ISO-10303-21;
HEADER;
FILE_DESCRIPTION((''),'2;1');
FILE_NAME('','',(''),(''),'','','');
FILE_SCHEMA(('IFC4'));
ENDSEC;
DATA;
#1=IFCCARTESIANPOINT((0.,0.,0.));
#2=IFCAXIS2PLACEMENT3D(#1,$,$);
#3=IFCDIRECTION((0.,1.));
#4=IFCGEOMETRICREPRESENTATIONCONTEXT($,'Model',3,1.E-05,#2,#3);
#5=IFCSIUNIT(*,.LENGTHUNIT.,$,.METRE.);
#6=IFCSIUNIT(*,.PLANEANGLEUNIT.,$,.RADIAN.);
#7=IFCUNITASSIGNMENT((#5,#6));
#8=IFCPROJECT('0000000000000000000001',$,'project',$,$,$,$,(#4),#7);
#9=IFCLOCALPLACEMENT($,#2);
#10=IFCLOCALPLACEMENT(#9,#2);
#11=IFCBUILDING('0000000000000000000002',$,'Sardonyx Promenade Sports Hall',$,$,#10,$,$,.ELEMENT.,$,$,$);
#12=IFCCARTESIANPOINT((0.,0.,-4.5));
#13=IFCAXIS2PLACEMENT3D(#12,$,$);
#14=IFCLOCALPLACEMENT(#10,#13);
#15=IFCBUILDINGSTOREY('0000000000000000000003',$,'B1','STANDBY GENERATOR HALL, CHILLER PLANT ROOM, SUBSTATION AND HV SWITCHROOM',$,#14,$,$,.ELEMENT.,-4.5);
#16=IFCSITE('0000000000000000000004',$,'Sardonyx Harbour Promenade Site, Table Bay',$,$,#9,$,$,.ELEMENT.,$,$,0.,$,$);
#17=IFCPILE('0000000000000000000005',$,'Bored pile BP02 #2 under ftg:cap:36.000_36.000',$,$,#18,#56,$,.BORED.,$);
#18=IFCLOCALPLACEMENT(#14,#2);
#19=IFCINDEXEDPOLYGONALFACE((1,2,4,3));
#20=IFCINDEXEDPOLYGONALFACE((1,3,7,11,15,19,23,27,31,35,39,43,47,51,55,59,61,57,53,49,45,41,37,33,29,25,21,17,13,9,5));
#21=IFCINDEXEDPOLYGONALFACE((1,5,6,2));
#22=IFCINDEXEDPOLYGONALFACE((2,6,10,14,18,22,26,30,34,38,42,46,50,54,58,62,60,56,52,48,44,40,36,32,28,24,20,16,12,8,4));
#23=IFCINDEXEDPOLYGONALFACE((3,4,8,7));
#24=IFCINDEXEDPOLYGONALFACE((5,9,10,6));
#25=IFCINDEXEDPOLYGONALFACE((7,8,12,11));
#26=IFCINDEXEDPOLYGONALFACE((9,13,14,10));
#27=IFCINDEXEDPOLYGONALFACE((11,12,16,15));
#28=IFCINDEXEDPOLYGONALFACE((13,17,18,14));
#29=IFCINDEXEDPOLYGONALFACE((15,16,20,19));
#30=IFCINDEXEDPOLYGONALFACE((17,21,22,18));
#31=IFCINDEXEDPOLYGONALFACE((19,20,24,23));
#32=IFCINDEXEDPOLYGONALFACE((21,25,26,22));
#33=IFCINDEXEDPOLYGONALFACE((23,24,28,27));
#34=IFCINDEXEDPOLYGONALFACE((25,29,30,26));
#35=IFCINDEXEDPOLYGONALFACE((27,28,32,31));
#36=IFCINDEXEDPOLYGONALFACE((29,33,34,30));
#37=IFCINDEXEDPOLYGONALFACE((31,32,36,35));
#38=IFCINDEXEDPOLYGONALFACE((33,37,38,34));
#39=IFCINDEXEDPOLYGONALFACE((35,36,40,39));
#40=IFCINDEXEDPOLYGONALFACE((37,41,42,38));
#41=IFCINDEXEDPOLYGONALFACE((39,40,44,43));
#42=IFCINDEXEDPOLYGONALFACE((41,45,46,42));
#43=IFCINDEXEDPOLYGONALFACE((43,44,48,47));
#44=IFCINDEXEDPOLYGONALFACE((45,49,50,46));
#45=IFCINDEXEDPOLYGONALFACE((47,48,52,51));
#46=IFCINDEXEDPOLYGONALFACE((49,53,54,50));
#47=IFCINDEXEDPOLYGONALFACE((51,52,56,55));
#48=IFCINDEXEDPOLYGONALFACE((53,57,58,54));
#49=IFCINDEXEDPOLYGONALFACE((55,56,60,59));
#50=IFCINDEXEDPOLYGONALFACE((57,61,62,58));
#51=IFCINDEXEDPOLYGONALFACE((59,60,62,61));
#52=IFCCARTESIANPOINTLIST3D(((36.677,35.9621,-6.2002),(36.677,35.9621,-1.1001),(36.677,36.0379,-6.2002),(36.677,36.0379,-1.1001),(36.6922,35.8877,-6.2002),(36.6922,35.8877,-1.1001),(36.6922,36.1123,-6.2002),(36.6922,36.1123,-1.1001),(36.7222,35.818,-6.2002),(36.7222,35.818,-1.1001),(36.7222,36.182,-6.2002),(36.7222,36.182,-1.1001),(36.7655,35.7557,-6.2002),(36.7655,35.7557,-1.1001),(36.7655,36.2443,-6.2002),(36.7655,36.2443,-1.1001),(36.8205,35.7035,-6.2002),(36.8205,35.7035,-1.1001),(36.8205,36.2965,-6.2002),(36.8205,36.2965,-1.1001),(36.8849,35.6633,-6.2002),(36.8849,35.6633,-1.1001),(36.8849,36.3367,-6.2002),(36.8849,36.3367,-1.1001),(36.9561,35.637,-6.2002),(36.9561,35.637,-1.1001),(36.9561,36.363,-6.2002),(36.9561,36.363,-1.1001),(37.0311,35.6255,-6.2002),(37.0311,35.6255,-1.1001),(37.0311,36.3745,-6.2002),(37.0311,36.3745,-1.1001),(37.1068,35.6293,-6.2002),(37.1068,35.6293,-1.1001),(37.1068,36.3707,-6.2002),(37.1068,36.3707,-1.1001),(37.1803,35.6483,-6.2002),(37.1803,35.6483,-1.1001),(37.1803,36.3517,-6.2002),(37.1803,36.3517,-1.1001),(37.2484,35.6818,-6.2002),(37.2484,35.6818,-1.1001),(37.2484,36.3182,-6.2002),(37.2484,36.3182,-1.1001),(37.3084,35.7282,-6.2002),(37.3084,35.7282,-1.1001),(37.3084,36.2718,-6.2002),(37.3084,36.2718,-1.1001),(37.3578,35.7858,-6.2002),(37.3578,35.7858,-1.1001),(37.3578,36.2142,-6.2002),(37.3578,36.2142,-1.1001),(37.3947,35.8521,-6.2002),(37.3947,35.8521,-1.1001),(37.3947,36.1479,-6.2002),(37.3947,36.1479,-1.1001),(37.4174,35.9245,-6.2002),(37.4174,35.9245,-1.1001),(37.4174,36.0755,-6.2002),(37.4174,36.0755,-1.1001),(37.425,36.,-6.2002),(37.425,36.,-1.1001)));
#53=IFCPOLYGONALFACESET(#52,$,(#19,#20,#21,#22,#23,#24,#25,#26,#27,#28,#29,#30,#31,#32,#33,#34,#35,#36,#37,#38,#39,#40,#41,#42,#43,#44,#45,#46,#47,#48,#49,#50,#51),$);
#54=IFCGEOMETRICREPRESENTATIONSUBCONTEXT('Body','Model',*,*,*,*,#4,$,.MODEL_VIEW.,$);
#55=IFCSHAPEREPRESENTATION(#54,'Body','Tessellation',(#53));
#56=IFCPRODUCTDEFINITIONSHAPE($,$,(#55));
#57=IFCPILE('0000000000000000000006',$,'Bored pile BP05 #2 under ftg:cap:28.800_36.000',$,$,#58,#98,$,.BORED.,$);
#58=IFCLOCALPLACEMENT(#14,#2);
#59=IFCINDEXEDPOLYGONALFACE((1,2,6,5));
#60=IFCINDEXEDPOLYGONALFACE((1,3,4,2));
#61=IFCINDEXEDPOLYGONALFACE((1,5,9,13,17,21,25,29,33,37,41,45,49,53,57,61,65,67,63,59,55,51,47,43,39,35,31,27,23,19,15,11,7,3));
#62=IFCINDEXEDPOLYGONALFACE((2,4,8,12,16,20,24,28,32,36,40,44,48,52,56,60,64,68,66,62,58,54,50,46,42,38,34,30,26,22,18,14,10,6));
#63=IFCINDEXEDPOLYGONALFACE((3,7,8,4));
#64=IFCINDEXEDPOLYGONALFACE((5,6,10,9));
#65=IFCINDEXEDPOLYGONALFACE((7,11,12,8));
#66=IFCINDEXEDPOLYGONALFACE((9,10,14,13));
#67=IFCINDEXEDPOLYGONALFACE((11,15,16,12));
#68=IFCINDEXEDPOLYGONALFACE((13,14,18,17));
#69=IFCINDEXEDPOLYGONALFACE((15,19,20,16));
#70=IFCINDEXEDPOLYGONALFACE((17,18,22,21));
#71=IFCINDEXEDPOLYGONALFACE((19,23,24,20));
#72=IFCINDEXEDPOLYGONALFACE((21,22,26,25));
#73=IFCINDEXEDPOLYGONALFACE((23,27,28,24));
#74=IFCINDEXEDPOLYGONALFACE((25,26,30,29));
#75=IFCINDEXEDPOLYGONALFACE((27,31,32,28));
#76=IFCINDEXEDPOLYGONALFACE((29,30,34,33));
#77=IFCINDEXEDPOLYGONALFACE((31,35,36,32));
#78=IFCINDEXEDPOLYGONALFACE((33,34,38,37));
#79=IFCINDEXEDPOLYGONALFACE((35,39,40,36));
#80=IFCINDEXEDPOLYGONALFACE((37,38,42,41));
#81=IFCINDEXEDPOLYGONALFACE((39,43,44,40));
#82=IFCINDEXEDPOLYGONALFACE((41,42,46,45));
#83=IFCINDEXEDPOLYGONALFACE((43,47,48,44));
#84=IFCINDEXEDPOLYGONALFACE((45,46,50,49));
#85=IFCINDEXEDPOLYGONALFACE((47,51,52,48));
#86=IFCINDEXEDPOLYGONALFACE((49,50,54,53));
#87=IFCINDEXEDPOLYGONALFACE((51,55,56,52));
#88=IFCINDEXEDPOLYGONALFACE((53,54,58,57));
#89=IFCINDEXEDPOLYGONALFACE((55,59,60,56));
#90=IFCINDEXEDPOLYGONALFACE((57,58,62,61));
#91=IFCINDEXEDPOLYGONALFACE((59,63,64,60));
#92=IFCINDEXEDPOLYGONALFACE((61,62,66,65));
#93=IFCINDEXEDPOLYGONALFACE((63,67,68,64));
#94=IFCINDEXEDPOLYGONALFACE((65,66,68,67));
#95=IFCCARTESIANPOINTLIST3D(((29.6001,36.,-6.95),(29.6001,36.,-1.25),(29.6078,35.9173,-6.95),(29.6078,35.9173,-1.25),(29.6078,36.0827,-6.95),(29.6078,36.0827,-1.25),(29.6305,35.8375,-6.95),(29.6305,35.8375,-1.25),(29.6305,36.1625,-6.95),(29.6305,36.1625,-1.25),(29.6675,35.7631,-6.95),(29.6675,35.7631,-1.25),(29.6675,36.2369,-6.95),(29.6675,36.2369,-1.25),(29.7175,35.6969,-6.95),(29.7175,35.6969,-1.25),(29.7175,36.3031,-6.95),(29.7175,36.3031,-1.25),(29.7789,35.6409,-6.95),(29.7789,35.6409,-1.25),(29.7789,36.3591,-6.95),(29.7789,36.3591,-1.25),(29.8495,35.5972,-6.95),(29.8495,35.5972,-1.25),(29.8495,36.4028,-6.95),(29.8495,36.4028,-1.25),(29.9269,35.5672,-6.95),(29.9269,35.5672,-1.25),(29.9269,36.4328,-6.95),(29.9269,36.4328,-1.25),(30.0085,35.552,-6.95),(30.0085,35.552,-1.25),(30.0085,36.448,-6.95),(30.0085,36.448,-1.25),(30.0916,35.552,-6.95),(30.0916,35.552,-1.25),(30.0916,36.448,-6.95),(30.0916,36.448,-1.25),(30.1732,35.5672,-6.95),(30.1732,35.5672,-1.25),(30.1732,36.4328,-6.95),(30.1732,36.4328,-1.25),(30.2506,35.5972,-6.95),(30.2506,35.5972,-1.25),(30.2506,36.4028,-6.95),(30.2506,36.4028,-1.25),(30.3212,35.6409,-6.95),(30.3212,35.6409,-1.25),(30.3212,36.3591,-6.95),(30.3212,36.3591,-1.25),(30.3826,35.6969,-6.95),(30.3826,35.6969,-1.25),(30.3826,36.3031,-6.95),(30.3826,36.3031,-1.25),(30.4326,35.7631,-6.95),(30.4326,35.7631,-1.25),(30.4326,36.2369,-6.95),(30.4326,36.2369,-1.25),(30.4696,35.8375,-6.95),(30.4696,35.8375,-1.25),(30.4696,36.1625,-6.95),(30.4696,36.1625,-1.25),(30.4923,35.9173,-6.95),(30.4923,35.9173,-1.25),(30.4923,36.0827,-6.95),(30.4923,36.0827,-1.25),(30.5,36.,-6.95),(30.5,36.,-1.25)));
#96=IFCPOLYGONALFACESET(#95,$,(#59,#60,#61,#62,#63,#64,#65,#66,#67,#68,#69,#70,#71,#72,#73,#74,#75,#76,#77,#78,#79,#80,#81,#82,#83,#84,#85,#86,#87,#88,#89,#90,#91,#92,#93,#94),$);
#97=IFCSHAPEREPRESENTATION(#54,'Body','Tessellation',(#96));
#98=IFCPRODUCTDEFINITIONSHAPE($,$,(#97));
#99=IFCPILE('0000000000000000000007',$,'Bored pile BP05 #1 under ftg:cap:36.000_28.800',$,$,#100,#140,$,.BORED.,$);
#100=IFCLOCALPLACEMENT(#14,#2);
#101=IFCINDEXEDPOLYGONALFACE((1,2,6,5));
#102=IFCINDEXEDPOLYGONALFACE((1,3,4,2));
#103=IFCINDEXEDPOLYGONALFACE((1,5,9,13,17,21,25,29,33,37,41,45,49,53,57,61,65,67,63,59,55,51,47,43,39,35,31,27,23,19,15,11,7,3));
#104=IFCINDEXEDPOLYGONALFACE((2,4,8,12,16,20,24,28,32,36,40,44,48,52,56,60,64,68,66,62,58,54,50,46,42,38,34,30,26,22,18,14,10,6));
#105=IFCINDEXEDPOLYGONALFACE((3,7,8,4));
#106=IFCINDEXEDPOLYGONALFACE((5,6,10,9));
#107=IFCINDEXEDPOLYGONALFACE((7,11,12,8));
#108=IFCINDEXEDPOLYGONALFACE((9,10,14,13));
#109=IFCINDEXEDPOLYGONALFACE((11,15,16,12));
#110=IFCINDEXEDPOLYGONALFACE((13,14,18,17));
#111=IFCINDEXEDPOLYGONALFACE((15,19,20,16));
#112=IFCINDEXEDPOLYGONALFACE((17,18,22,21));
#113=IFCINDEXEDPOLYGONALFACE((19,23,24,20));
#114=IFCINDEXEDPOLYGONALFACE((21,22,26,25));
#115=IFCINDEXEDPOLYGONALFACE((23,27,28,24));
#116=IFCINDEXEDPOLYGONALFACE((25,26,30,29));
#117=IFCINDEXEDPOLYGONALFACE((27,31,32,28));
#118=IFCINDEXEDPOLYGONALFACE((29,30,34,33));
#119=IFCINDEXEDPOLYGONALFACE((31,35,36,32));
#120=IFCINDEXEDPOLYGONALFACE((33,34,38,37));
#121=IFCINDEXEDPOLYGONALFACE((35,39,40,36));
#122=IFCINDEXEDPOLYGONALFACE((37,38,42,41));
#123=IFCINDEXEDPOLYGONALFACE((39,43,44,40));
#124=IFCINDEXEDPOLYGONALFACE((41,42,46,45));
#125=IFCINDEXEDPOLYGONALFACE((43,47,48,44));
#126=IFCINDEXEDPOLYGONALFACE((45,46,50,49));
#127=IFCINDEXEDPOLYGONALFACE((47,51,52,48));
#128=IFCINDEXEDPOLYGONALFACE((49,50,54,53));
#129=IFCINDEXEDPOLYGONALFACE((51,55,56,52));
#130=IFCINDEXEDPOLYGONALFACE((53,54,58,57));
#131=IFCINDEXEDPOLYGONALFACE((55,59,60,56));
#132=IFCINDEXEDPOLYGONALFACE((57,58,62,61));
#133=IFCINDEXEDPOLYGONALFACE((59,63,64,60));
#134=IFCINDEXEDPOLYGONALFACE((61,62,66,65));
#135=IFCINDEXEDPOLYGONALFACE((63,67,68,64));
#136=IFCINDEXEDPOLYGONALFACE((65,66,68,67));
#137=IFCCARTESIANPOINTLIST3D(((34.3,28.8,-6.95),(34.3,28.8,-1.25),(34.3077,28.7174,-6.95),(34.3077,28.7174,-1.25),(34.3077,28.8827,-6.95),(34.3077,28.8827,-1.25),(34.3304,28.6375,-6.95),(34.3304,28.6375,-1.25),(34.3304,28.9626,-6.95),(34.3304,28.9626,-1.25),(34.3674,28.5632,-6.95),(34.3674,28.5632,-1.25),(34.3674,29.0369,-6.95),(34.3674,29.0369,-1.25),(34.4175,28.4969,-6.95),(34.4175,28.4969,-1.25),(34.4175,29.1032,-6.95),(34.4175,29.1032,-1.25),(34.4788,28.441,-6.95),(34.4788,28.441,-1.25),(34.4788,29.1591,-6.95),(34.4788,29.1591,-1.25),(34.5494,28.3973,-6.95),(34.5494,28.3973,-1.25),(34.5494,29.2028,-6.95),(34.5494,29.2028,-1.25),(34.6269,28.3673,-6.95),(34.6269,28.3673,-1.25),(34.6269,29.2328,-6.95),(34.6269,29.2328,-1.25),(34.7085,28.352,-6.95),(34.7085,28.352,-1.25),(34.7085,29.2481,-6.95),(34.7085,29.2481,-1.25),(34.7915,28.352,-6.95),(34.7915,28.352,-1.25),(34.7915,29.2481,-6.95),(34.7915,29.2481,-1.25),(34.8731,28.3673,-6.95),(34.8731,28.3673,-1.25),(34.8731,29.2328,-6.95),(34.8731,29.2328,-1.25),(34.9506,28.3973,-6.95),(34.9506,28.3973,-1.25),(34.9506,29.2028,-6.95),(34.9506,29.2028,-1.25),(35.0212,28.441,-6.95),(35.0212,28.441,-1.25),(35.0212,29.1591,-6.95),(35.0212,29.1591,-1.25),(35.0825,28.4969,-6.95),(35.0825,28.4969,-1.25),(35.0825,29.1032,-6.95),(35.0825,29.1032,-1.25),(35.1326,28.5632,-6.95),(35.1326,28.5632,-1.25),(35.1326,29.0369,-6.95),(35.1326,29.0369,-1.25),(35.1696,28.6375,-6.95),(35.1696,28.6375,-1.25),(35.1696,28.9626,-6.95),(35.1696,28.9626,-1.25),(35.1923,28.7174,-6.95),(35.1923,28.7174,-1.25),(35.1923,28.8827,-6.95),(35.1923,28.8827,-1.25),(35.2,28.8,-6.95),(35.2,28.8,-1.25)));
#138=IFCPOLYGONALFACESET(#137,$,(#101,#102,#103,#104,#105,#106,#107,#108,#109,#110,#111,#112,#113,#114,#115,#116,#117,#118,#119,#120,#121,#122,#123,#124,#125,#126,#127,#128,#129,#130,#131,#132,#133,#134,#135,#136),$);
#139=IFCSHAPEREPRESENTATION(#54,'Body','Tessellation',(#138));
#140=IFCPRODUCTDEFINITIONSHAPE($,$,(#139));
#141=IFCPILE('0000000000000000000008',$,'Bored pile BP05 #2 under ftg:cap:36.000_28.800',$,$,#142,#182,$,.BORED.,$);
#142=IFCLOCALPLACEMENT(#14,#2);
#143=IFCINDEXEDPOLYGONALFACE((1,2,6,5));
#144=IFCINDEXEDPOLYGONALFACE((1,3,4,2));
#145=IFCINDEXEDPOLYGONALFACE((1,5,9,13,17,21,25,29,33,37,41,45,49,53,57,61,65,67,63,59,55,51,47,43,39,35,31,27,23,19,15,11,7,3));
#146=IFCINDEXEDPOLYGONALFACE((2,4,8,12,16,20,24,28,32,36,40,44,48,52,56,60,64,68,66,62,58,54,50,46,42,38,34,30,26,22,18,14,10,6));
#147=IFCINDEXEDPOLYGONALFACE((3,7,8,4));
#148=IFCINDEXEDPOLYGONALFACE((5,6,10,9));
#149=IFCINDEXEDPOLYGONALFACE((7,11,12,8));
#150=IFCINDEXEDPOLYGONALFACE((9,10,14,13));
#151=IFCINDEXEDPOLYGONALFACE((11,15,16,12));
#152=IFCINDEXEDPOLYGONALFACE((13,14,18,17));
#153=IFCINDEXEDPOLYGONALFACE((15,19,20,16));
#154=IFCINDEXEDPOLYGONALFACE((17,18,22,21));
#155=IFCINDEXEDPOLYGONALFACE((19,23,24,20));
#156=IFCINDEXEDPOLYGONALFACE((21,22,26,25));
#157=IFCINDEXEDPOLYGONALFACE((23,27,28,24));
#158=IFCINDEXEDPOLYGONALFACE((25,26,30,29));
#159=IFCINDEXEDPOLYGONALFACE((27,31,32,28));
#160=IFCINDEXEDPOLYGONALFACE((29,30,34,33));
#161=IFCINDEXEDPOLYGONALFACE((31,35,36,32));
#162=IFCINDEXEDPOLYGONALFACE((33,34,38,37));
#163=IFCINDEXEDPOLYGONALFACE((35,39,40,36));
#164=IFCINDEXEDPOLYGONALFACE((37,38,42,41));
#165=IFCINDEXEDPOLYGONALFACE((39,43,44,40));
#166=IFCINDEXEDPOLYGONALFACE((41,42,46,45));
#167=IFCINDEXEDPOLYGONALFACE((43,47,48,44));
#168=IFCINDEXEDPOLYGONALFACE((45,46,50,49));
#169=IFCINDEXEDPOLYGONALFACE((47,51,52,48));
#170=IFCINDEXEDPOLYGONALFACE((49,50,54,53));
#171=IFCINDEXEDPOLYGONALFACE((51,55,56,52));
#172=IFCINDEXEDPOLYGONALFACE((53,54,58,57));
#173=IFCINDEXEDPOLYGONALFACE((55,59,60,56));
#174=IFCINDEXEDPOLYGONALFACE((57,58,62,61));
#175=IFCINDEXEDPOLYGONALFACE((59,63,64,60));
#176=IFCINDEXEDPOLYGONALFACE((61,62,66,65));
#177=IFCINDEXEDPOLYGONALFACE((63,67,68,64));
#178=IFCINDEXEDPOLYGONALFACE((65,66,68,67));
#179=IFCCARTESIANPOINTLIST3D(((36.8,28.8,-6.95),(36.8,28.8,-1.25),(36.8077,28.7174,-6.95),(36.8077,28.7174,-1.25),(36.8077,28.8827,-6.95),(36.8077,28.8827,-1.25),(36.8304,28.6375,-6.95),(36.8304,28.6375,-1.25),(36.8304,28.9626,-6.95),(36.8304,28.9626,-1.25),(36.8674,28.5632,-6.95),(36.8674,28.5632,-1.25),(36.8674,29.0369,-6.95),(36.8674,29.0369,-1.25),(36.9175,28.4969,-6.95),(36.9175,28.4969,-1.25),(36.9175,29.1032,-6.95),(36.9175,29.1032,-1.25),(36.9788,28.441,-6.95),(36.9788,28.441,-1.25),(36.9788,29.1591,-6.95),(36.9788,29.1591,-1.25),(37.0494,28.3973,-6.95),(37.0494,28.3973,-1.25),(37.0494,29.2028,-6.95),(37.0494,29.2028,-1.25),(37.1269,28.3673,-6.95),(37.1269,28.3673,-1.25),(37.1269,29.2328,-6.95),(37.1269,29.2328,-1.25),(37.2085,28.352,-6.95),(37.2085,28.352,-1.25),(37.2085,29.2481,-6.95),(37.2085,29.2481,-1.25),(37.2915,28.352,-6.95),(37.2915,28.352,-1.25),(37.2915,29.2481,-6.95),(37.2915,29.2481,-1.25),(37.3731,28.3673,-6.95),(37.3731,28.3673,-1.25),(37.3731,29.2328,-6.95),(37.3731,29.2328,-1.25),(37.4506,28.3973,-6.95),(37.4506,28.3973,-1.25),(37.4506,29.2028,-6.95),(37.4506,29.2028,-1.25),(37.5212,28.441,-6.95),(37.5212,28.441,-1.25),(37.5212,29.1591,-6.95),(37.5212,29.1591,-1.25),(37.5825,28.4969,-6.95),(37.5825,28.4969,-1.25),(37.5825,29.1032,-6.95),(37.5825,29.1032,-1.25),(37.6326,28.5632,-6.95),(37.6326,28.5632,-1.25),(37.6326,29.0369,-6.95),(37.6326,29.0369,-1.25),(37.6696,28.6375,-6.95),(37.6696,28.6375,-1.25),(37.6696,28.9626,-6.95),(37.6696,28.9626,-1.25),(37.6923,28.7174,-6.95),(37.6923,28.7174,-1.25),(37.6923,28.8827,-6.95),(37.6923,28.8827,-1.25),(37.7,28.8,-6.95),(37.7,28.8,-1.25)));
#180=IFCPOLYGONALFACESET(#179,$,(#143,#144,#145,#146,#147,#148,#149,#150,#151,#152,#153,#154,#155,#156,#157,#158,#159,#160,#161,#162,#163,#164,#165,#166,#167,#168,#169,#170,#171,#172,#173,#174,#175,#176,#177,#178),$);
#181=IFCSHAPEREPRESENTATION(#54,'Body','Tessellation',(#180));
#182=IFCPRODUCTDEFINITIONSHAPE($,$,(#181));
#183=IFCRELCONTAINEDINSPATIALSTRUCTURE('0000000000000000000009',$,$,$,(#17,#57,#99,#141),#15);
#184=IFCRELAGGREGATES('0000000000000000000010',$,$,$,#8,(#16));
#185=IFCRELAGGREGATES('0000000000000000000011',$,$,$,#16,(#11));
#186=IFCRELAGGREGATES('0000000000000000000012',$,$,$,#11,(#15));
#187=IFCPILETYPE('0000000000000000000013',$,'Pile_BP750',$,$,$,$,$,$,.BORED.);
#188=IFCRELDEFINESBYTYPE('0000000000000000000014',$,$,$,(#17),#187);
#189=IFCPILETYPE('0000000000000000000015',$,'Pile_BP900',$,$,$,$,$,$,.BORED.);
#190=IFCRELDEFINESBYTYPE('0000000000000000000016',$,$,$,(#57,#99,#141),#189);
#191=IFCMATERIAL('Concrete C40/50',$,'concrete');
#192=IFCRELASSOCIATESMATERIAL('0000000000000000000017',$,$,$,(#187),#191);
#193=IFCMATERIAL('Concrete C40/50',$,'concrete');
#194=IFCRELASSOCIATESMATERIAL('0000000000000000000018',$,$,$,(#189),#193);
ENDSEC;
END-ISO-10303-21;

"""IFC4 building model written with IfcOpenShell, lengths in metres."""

from ifc_helpers import new_model, si_unit, direction, frame, origin, origin_2d, place, context, subcontext, project, spatial, circle, extrude, material, material_profile, profile_set, type_object, element, save


model = new_model("IFC4")

# Units and contexts
model_context = context("Model", 3, precision=1e-05, world=origin(), true_north=direction((0.0, 1.0)))
body_context = subcontext(model_context, "Body", "Model", "MODEL_VIEW")
ifc_project = project(units=[si_unit("LENGTHUNIT", "METRE"), si_unit("PLANEANGLEUNIT", "RADIAN")], contexts=[model_context])

# Site, building, storey
site_placement = place(None, origin())
site = spatial("IfcSite", under=ifc_project, at=site_placement, Name="Sardonyx Harbour Promenade Site, Table Bay", CompositionType="ELEMENT", RefElevation=0.0)
building_placement = place(site_placement, origin())
building = spatial("IfcBuilding", under=site, at=building_placement, Name="Sardonyx Promenade Sports Hall", CompositionType="ELEMENT")
storey_placement = place(building_placement, frame((0.0, 0.0, -4.5)))
storey = spatial("IfcBuildingStorey", under=building, at=storey_placement, Name="B1", Description="STANDBY GENERATOR HALL, CHILLER PLANT ROOM, SUBSTATION AND HV SWITCHROOM", CompositionType="ELEMENT", Elevation=-4.5)

# Piles
ifc_material_1 = material(Name="Concrete C40/50", Category="concrete")
ifc_material_profile_1 = material_profile(ifc_material_1, circle(Radius=0.375, at=origin_2d()))
ifc_profile_set_1 = profile_set([ifc_material_profile_1], Name="Concrete C40/50")
pile_type_1 = type_object("IfcPileType", Name="Pile_BP750", PredefinedType="BORED", material=ifc_profile_set_1)
for number, where, z_axis, x_axis, name in (
    (1, (37.05, 36.0, -1.1001), (0.0, 0.0, -1.0), (1.0, 0.0, 0.0), "Bored pile BP02 #2 under ftg:cap:36.000_36.000"),
):
    element("IfcPile", number, at=place(storey_placement, frame(where, z_axis=z_axis, x_axis=x_axis)), inside=storey, type_object=pile_type_1, Name=name, PredefinedType="BORED", context=body_context, shape_type="SweptSolid", body=[
        extrude(circle(Radius=0.375, at=origin_2d()), origin(), (0.0, 0.0, 1.0), 5.1001),
    ])
ifc_material_2 = material(Name="Concrete C40/50", Category="concrete")
ifc_material_profile_2 = material_profile(ifc_material_2, circle(Radius=0.45, at=origin_2d()))
ifc_profile_set_2 = profile_set([ifc_material_profile_2], Name="Concrete C40/50")
pile_type_2 = type_object("IfcPileType", Name="Pile_BP900", PredefinedType="BORED", material=ifc_profile_set_2)
for number, where, z_axis, x_axis, name in (
    (2, (30.05, 36.0, -1.25), (0.0, 0.0, -1.0), (1.0, 0.0, 0.0), "Bored pile BP05 #2 under ftg:cap:28.800_36.000"),
    (3, (34.75, 28.8, -1.25), (0.0, 0.0, -1.0), (1.0, 0.0, 0.0), "Bored pile BP05 #1 under ftg:cap:36.000_28.800"),
    (4, (37.25, 28.8, -1.25), (0.0, 0.0, -1.0), (1.0, 0.0, 0.0), "Bored pile BP05 #2 under ftg:cap:36.000_28.800"),
):
    element("IfcPile", number, at=place(storey_placement, frame(where, z_axis=z_axis, x_axis=x_axis)), inside=storey, type_object=pile_type_2, Name=name, PredefinedType="BORED", context=body_context, shape_type="SweptSolid", body=[
        extrude(circle(Radius=0.45, at=origin_2d()), origin(), (0.0, 0.0, 1.0), 5.7),
    ])

save(model, "model.ifc")
